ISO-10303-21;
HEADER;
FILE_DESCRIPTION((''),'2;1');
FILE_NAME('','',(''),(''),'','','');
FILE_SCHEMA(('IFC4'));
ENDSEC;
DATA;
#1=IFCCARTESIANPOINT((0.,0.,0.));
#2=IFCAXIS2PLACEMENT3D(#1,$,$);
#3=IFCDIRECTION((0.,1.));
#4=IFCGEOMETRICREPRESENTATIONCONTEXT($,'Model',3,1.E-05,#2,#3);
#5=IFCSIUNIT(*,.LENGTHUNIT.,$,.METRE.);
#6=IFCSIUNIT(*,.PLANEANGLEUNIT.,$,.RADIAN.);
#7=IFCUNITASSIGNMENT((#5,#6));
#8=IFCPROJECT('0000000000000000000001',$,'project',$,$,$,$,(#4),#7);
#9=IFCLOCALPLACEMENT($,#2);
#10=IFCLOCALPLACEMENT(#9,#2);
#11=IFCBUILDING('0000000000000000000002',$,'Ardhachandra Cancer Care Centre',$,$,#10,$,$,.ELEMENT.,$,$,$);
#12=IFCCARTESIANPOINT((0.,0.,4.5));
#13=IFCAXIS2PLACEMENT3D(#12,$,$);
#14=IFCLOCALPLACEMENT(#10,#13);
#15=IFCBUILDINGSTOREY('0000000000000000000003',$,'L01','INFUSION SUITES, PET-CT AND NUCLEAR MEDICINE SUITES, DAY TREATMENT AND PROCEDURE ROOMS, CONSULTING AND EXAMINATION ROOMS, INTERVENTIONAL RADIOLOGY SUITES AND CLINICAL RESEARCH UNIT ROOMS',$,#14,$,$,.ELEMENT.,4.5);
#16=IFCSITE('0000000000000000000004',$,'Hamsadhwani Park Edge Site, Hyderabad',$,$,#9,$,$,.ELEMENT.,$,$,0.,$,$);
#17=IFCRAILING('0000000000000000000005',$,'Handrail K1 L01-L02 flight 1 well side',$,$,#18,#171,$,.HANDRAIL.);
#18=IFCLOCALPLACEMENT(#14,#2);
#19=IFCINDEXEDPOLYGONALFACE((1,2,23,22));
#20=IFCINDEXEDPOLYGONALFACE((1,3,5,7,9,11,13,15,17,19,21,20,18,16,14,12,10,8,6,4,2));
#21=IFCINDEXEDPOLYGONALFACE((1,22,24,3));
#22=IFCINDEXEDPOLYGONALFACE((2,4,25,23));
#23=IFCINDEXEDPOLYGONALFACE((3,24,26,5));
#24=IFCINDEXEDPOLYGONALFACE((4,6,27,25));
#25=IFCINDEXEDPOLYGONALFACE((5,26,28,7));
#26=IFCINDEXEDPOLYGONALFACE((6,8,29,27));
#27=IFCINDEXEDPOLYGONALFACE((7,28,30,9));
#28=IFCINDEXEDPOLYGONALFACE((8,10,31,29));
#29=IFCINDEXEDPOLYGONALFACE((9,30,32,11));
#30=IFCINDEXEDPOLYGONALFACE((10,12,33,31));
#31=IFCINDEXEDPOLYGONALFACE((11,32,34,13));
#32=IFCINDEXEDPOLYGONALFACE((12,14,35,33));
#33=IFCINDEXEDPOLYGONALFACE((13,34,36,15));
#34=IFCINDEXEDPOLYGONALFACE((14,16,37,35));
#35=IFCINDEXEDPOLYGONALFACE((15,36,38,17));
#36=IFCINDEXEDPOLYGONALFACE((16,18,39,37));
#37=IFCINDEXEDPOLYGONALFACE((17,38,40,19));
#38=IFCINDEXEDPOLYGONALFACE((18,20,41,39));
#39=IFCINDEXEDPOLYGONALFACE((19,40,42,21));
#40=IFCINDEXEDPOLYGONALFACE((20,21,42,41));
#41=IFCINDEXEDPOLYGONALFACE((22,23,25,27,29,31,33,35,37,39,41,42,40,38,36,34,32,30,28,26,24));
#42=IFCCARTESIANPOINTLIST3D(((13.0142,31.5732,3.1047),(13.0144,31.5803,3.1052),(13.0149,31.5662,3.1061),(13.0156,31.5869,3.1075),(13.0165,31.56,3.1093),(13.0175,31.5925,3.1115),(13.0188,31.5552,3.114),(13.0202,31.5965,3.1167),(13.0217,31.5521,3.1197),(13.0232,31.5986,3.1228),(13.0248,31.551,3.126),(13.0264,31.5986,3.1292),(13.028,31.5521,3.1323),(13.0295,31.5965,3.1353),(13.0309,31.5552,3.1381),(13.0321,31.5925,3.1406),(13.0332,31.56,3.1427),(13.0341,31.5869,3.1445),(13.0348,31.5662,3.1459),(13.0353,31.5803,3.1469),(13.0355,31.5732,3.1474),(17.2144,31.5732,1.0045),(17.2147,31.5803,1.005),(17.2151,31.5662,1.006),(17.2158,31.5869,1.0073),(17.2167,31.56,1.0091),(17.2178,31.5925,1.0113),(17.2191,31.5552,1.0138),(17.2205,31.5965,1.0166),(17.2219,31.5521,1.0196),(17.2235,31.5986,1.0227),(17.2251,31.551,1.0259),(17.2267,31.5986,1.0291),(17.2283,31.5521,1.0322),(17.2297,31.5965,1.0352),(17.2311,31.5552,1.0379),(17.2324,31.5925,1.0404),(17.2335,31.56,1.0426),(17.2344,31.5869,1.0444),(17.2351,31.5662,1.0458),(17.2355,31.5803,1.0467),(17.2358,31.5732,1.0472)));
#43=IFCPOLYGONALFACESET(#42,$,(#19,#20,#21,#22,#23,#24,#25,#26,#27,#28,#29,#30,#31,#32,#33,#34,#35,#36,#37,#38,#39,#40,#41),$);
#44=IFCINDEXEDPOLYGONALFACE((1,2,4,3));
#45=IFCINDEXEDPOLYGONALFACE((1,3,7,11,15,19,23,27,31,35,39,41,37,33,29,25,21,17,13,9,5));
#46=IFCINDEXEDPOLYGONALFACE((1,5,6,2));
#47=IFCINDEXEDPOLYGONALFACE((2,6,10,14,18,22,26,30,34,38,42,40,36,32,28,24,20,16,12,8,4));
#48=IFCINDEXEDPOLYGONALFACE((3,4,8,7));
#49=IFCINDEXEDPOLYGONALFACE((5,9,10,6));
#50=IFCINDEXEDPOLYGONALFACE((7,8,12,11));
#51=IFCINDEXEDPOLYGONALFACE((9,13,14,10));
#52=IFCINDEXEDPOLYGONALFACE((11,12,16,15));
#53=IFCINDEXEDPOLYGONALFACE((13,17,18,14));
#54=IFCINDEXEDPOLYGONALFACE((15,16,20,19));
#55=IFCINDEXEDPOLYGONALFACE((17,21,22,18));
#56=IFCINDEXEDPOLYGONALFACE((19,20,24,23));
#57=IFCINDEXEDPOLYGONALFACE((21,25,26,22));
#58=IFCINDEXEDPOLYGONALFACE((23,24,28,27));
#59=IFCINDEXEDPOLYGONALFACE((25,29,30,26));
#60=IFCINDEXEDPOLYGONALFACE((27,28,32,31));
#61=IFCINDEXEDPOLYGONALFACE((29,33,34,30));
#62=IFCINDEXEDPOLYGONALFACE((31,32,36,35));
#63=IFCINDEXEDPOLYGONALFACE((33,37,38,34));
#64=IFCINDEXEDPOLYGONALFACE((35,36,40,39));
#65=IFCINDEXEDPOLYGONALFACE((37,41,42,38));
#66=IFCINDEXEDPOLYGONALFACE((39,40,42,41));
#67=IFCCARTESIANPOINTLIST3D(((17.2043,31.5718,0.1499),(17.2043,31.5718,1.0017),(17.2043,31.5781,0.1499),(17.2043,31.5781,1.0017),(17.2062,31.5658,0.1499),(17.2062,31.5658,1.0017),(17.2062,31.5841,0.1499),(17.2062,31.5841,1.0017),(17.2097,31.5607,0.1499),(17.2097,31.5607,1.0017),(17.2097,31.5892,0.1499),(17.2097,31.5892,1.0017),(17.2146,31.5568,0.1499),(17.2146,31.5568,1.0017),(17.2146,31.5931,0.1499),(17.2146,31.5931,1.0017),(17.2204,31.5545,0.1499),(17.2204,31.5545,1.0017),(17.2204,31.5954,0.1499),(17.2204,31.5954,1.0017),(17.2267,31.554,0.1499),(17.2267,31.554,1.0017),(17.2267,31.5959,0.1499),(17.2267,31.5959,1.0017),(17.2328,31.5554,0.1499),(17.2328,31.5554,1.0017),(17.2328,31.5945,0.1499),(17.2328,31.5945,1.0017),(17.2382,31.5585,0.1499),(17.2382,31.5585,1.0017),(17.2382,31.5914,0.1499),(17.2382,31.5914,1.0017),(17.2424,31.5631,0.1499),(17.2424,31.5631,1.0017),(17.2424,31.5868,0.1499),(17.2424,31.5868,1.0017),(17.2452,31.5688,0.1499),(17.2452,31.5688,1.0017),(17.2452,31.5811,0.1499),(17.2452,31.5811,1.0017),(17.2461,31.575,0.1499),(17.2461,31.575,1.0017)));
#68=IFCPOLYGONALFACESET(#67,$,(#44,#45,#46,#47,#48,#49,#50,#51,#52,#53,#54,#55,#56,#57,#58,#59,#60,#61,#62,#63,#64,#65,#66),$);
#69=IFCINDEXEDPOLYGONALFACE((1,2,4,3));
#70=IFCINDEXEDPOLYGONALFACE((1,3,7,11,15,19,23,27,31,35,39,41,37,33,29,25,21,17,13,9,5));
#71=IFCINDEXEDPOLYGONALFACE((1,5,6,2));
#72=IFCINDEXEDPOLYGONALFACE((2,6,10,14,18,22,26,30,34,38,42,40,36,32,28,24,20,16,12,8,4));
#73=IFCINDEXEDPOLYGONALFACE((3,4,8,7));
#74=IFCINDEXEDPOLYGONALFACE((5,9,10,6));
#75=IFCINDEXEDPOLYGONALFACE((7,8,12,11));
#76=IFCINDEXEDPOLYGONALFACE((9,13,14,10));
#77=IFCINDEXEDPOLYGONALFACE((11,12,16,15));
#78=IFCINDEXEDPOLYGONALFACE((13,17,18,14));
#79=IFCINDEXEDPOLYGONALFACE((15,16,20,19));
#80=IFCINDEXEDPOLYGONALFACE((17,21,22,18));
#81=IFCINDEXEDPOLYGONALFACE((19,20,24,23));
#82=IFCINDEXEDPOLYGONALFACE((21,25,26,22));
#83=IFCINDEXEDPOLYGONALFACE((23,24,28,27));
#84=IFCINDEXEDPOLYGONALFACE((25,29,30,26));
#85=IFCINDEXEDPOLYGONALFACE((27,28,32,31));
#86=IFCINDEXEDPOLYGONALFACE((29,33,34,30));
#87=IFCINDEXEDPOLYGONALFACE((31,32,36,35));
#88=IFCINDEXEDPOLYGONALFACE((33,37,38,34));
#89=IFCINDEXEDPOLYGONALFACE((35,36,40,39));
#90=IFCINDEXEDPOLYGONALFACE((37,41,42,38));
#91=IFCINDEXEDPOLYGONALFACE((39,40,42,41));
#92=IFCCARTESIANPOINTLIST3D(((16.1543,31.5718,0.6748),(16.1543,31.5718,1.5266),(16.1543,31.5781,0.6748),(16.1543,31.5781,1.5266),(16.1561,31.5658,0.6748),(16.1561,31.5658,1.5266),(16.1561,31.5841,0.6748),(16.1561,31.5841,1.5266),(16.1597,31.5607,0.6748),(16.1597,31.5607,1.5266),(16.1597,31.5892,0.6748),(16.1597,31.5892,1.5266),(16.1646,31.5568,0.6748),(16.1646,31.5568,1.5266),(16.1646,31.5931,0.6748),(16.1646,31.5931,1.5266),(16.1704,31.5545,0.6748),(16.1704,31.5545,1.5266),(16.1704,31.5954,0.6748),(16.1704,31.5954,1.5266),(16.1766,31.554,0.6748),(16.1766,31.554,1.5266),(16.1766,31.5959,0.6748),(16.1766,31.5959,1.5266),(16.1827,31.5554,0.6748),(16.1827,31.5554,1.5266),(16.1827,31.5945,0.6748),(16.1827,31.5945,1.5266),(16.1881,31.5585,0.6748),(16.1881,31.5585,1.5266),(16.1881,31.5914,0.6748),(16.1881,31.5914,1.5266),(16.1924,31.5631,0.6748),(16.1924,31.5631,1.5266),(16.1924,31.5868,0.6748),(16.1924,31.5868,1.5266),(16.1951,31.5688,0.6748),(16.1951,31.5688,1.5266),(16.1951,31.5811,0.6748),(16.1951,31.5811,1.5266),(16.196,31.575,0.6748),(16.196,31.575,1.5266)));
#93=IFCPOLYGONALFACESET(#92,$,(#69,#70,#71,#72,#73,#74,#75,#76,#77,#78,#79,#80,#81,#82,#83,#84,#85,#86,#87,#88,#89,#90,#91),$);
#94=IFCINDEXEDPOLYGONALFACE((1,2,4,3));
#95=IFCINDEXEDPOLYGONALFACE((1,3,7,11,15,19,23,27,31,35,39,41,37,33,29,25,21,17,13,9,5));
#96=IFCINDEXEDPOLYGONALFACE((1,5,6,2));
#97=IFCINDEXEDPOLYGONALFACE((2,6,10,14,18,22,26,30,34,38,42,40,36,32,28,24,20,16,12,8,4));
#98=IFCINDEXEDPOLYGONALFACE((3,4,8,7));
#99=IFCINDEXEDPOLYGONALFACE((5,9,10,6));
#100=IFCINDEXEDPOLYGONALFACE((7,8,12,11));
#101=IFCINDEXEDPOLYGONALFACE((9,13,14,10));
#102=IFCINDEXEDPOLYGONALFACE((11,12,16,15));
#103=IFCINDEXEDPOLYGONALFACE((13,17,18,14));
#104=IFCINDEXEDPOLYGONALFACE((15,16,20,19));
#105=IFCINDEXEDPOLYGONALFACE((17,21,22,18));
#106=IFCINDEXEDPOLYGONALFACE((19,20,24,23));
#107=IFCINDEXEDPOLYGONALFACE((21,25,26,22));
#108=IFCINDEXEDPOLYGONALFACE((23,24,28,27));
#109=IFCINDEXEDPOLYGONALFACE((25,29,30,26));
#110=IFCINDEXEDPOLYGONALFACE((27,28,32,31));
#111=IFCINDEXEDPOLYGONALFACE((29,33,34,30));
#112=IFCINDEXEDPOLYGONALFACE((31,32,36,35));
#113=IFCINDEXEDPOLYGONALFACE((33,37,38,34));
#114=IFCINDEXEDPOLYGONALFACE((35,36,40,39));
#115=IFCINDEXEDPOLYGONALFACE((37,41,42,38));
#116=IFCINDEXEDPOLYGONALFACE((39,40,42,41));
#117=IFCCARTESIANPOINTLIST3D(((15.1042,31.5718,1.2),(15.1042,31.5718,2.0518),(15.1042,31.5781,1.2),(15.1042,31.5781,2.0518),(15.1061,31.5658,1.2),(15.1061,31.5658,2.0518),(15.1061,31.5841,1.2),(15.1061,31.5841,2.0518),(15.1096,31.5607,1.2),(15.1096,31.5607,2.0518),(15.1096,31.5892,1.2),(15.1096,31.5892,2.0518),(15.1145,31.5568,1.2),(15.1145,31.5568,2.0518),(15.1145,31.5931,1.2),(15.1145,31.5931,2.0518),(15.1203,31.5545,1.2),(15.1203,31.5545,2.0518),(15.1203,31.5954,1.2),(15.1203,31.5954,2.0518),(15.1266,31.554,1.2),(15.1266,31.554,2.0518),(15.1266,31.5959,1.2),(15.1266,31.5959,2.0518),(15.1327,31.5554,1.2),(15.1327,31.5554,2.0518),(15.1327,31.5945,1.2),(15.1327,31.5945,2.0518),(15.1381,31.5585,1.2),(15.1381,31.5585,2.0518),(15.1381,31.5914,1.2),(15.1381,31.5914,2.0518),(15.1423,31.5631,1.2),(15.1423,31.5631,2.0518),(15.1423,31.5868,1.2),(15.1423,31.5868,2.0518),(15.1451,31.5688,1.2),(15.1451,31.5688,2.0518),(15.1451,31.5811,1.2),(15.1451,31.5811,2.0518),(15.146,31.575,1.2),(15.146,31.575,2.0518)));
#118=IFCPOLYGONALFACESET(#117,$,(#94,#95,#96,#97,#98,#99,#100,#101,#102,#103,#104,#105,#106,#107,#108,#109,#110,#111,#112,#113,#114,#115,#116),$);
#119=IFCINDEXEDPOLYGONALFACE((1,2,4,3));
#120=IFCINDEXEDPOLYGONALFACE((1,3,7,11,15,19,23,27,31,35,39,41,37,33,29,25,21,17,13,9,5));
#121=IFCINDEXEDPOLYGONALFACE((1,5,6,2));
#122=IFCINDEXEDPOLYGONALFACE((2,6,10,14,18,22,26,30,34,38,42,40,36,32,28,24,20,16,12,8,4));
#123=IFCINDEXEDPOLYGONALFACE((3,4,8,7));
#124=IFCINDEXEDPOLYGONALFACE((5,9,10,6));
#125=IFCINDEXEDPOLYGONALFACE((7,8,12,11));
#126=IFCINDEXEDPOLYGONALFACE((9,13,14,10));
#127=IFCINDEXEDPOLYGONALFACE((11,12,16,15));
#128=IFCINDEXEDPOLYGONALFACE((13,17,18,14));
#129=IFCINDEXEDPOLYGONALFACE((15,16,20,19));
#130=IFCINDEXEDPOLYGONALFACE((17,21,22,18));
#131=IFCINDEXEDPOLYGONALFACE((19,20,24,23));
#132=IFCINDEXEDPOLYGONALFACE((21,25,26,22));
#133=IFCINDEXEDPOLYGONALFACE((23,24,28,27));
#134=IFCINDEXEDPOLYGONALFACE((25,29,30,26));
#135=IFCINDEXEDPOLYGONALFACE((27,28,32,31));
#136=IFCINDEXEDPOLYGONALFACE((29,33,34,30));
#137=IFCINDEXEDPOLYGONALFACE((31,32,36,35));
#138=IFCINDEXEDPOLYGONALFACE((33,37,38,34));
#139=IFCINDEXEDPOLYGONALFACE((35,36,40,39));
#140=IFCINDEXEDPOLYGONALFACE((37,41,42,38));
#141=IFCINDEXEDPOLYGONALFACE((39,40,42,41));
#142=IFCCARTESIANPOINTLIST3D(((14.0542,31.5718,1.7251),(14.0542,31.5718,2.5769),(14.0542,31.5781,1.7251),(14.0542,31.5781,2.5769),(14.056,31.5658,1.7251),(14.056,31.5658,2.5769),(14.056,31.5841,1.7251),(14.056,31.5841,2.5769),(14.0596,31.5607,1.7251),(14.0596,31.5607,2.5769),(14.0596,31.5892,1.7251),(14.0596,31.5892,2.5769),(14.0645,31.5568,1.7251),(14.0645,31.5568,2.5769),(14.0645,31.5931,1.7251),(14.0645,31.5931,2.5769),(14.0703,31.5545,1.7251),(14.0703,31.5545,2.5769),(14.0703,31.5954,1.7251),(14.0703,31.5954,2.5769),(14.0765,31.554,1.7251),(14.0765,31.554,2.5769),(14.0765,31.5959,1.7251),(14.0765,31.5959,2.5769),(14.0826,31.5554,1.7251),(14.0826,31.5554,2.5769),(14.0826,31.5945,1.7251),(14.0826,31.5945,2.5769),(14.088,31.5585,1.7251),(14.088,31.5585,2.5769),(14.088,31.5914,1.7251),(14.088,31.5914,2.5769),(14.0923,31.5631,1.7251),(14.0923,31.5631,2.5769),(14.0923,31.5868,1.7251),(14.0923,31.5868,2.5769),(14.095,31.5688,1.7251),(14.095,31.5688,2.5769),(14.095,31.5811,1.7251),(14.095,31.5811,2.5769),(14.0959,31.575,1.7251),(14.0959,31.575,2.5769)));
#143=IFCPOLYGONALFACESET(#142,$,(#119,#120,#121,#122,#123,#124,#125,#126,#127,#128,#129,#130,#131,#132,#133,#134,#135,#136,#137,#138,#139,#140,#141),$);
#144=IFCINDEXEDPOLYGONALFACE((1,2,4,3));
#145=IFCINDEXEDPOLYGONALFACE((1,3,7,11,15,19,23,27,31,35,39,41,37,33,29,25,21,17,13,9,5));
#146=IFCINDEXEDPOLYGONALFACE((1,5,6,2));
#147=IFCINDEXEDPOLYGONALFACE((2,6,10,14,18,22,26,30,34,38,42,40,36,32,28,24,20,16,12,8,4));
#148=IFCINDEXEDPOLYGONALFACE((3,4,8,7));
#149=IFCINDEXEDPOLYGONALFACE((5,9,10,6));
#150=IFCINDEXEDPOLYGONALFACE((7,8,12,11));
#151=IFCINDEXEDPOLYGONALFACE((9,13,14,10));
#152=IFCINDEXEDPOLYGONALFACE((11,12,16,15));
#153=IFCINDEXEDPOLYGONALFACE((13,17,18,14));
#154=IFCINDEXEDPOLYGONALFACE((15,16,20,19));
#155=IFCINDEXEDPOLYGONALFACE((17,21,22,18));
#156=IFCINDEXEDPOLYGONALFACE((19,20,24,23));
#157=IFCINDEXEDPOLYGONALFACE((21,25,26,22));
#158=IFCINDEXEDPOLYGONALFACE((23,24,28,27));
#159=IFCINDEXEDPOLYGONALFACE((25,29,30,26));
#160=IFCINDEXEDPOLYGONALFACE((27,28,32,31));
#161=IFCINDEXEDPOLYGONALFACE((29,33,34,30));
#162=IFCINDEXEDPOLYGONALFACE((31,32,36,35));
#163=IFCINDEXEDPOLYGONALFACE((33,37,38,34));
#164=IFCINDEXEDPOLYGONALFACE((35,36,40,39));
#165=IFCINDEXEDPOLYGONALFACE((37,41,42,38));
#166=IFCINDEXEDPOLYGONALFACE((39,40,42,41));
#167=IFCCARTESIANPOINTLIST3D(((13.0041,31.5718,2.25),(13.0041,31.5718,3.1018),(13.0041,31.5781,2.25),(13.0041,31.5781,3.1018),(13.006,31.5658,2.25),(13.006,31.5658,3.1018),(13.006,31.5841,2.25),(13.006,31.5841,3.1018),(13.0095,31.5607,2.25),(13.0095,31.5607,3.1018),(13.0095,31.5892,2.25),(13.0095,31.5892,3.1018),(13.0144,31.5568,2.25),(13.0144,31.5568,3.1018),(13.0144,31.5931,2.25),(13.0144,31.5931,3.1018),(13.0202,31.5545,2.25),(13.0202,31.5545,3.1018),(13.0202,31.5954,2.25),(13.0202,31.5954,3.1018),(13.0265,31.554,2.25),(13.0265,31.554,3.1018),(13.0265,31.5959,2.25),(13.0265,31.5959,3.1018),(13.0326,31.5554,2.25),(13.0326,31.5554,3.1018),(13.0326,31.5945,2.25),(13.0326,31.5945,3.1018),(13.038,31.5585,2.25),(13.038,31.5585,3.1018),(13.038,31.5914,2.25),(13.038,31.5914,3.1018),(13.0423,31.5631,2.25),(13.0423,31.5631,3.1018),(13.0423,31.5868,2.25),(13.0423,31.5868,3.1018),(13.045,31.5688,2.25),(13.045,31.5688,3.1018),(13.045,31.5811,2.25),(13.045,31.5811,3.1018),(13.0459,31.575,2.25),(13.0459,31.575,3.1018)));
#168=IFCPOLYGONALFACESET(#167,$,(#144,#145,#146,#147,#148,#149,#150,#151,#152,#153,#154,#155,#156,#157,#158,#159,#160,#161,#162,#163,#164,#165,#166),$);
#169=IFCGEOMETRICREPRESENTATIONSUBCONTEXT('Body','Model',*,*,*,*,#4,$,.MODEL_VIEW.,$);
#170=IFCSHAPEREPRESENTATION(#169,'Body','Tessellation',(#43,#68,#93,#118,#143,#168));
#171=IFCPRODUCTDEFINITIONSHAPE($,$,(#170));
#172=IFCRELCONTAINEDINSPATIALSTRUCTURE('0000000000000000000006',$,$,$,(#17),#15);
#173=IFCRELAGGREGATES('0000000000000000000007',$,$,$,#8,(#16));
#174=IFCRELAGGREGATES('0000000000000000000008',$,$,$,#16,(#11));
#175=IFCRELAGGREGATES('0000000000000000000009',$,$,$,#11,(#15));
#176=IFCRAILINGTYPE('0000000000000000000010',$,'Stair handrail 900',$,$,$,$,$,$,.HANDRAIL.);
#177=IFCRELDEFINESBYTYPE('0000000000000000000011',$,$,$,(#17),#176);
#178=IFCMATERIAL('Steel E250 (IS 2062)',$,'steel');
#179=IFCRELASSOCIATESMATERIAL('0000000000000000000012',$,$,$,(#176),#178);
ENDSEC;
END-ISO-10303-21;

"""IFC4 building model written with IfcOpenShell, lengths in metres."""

from ifc_helpers import new_model, si_unit, direction, frame, origin, origin_2d, place, context, subcontext, project, spatial, circle, extrude, material, type_object, element, save


model = new_model("IFC4")

# Units and contexts
model_context = context("Model", 3, precision=1e-05, world=origin(), true_north=direction((0.0, 1.0)))
body_context = subcontext(model_context, "Body", "Model", "MODEL_VIEW")
ifc_project = project(units=[si_unit("LENGTHUNIT", "METRE"), si_unit("PLANEANGLEUNIT", "RADIAN")], contexts=[model_context])

# Site, building, storey
site_placement = place(None, origin())
site = spatial("IfcSite", under=ifc_project, at=site_placement, Name="Hamsadhwani Park Edge Site, Hyderabad", CompositionType="ELEMENT", RefElevation=0.0)
building_placement = place(site_placement, origin())
building = spatial("IfcBuilding", under=site, at=building_placement, Name="Ardhachandra Cancer Care Centre", CompositionType="ELEMENT")
storey_placement = place(building_placement, frame((0.0, 0.0, 4.5)))
storey = spatial("IfcBuildingStorey", under=building, at=storey_placement, Name="L01", Description="INFUSION SUITES, PET-CT AND NUCLEAR MEDICINE SUITES, DAY TREATMENT AND PROCEDURE ROOMS, CONSULTING AND EXAMINATION ROOMS, INTERVENTIONAL RADIOLOGY SUITES AND CLINICAL RESEARCH UNIT ROOMS", CompositionType="ELEMENT", Elevation=4.5)

# Railing
ifc_material_1 = material(Name="Steel E250 (IS 2062)", Category="steel")
railing_type_1 = type_object("IfcRailingType", Name="Stair handrail 900", PredefinedType="HANDRAIL", material=ifc_material_1)
for number, where, name in (
    (1, (17.2251, 31.575, 0.1499), "Handrail K1 L01-L02 flight 1 well side"),
):
    element("IfcRailing", number, at=place(storey_placement, frame(where)), inside=storey, type_object=railing_type_1, Name=name, PredefinedType="HANDRAIL", context=body_context, shape_type="SweptSolid", body=[
        extrude(circle(Radius=0.0239, at=origin_2d()), frame((0.0, 0.0, 0.876), z_axis=(-0.894427, 0.0, 0.447214), x_axis=(0.0, -1.0, 0.0)), (0.0, 0.0, 1.0), 4.696),
        extrude(circle(Radius=0.021, at=origin_2d()), origin(), (0.0, 0.0, 1.0), 0.8518),
        extrude(circle(Radius=0.021, at=origin_2d()), frame((-1.05, 0.0, 0.5249)), (0.0, 0.0, 1.0), 0.8518),
        extrude(circle(Radius=0.021, at=origin_2d()), frame((-2.1001, 0.0, 1.05)), (0.0, 0.0, 1.0), 0.8518),
        extrude(circle(Radius=0.021, at=origin_2d()), frame((-3.1501, 0.0, 1.5752)), (0.0, 0.0, 1.0), 0.8518),
        extrude(circle(Radius=0.021, at=origin_2d()), frame((-4.2002, 0.0, 2.1001)), (0.0, 0.0, 1.0), 0.8518),
    ])

save(model, "model.ifc")
